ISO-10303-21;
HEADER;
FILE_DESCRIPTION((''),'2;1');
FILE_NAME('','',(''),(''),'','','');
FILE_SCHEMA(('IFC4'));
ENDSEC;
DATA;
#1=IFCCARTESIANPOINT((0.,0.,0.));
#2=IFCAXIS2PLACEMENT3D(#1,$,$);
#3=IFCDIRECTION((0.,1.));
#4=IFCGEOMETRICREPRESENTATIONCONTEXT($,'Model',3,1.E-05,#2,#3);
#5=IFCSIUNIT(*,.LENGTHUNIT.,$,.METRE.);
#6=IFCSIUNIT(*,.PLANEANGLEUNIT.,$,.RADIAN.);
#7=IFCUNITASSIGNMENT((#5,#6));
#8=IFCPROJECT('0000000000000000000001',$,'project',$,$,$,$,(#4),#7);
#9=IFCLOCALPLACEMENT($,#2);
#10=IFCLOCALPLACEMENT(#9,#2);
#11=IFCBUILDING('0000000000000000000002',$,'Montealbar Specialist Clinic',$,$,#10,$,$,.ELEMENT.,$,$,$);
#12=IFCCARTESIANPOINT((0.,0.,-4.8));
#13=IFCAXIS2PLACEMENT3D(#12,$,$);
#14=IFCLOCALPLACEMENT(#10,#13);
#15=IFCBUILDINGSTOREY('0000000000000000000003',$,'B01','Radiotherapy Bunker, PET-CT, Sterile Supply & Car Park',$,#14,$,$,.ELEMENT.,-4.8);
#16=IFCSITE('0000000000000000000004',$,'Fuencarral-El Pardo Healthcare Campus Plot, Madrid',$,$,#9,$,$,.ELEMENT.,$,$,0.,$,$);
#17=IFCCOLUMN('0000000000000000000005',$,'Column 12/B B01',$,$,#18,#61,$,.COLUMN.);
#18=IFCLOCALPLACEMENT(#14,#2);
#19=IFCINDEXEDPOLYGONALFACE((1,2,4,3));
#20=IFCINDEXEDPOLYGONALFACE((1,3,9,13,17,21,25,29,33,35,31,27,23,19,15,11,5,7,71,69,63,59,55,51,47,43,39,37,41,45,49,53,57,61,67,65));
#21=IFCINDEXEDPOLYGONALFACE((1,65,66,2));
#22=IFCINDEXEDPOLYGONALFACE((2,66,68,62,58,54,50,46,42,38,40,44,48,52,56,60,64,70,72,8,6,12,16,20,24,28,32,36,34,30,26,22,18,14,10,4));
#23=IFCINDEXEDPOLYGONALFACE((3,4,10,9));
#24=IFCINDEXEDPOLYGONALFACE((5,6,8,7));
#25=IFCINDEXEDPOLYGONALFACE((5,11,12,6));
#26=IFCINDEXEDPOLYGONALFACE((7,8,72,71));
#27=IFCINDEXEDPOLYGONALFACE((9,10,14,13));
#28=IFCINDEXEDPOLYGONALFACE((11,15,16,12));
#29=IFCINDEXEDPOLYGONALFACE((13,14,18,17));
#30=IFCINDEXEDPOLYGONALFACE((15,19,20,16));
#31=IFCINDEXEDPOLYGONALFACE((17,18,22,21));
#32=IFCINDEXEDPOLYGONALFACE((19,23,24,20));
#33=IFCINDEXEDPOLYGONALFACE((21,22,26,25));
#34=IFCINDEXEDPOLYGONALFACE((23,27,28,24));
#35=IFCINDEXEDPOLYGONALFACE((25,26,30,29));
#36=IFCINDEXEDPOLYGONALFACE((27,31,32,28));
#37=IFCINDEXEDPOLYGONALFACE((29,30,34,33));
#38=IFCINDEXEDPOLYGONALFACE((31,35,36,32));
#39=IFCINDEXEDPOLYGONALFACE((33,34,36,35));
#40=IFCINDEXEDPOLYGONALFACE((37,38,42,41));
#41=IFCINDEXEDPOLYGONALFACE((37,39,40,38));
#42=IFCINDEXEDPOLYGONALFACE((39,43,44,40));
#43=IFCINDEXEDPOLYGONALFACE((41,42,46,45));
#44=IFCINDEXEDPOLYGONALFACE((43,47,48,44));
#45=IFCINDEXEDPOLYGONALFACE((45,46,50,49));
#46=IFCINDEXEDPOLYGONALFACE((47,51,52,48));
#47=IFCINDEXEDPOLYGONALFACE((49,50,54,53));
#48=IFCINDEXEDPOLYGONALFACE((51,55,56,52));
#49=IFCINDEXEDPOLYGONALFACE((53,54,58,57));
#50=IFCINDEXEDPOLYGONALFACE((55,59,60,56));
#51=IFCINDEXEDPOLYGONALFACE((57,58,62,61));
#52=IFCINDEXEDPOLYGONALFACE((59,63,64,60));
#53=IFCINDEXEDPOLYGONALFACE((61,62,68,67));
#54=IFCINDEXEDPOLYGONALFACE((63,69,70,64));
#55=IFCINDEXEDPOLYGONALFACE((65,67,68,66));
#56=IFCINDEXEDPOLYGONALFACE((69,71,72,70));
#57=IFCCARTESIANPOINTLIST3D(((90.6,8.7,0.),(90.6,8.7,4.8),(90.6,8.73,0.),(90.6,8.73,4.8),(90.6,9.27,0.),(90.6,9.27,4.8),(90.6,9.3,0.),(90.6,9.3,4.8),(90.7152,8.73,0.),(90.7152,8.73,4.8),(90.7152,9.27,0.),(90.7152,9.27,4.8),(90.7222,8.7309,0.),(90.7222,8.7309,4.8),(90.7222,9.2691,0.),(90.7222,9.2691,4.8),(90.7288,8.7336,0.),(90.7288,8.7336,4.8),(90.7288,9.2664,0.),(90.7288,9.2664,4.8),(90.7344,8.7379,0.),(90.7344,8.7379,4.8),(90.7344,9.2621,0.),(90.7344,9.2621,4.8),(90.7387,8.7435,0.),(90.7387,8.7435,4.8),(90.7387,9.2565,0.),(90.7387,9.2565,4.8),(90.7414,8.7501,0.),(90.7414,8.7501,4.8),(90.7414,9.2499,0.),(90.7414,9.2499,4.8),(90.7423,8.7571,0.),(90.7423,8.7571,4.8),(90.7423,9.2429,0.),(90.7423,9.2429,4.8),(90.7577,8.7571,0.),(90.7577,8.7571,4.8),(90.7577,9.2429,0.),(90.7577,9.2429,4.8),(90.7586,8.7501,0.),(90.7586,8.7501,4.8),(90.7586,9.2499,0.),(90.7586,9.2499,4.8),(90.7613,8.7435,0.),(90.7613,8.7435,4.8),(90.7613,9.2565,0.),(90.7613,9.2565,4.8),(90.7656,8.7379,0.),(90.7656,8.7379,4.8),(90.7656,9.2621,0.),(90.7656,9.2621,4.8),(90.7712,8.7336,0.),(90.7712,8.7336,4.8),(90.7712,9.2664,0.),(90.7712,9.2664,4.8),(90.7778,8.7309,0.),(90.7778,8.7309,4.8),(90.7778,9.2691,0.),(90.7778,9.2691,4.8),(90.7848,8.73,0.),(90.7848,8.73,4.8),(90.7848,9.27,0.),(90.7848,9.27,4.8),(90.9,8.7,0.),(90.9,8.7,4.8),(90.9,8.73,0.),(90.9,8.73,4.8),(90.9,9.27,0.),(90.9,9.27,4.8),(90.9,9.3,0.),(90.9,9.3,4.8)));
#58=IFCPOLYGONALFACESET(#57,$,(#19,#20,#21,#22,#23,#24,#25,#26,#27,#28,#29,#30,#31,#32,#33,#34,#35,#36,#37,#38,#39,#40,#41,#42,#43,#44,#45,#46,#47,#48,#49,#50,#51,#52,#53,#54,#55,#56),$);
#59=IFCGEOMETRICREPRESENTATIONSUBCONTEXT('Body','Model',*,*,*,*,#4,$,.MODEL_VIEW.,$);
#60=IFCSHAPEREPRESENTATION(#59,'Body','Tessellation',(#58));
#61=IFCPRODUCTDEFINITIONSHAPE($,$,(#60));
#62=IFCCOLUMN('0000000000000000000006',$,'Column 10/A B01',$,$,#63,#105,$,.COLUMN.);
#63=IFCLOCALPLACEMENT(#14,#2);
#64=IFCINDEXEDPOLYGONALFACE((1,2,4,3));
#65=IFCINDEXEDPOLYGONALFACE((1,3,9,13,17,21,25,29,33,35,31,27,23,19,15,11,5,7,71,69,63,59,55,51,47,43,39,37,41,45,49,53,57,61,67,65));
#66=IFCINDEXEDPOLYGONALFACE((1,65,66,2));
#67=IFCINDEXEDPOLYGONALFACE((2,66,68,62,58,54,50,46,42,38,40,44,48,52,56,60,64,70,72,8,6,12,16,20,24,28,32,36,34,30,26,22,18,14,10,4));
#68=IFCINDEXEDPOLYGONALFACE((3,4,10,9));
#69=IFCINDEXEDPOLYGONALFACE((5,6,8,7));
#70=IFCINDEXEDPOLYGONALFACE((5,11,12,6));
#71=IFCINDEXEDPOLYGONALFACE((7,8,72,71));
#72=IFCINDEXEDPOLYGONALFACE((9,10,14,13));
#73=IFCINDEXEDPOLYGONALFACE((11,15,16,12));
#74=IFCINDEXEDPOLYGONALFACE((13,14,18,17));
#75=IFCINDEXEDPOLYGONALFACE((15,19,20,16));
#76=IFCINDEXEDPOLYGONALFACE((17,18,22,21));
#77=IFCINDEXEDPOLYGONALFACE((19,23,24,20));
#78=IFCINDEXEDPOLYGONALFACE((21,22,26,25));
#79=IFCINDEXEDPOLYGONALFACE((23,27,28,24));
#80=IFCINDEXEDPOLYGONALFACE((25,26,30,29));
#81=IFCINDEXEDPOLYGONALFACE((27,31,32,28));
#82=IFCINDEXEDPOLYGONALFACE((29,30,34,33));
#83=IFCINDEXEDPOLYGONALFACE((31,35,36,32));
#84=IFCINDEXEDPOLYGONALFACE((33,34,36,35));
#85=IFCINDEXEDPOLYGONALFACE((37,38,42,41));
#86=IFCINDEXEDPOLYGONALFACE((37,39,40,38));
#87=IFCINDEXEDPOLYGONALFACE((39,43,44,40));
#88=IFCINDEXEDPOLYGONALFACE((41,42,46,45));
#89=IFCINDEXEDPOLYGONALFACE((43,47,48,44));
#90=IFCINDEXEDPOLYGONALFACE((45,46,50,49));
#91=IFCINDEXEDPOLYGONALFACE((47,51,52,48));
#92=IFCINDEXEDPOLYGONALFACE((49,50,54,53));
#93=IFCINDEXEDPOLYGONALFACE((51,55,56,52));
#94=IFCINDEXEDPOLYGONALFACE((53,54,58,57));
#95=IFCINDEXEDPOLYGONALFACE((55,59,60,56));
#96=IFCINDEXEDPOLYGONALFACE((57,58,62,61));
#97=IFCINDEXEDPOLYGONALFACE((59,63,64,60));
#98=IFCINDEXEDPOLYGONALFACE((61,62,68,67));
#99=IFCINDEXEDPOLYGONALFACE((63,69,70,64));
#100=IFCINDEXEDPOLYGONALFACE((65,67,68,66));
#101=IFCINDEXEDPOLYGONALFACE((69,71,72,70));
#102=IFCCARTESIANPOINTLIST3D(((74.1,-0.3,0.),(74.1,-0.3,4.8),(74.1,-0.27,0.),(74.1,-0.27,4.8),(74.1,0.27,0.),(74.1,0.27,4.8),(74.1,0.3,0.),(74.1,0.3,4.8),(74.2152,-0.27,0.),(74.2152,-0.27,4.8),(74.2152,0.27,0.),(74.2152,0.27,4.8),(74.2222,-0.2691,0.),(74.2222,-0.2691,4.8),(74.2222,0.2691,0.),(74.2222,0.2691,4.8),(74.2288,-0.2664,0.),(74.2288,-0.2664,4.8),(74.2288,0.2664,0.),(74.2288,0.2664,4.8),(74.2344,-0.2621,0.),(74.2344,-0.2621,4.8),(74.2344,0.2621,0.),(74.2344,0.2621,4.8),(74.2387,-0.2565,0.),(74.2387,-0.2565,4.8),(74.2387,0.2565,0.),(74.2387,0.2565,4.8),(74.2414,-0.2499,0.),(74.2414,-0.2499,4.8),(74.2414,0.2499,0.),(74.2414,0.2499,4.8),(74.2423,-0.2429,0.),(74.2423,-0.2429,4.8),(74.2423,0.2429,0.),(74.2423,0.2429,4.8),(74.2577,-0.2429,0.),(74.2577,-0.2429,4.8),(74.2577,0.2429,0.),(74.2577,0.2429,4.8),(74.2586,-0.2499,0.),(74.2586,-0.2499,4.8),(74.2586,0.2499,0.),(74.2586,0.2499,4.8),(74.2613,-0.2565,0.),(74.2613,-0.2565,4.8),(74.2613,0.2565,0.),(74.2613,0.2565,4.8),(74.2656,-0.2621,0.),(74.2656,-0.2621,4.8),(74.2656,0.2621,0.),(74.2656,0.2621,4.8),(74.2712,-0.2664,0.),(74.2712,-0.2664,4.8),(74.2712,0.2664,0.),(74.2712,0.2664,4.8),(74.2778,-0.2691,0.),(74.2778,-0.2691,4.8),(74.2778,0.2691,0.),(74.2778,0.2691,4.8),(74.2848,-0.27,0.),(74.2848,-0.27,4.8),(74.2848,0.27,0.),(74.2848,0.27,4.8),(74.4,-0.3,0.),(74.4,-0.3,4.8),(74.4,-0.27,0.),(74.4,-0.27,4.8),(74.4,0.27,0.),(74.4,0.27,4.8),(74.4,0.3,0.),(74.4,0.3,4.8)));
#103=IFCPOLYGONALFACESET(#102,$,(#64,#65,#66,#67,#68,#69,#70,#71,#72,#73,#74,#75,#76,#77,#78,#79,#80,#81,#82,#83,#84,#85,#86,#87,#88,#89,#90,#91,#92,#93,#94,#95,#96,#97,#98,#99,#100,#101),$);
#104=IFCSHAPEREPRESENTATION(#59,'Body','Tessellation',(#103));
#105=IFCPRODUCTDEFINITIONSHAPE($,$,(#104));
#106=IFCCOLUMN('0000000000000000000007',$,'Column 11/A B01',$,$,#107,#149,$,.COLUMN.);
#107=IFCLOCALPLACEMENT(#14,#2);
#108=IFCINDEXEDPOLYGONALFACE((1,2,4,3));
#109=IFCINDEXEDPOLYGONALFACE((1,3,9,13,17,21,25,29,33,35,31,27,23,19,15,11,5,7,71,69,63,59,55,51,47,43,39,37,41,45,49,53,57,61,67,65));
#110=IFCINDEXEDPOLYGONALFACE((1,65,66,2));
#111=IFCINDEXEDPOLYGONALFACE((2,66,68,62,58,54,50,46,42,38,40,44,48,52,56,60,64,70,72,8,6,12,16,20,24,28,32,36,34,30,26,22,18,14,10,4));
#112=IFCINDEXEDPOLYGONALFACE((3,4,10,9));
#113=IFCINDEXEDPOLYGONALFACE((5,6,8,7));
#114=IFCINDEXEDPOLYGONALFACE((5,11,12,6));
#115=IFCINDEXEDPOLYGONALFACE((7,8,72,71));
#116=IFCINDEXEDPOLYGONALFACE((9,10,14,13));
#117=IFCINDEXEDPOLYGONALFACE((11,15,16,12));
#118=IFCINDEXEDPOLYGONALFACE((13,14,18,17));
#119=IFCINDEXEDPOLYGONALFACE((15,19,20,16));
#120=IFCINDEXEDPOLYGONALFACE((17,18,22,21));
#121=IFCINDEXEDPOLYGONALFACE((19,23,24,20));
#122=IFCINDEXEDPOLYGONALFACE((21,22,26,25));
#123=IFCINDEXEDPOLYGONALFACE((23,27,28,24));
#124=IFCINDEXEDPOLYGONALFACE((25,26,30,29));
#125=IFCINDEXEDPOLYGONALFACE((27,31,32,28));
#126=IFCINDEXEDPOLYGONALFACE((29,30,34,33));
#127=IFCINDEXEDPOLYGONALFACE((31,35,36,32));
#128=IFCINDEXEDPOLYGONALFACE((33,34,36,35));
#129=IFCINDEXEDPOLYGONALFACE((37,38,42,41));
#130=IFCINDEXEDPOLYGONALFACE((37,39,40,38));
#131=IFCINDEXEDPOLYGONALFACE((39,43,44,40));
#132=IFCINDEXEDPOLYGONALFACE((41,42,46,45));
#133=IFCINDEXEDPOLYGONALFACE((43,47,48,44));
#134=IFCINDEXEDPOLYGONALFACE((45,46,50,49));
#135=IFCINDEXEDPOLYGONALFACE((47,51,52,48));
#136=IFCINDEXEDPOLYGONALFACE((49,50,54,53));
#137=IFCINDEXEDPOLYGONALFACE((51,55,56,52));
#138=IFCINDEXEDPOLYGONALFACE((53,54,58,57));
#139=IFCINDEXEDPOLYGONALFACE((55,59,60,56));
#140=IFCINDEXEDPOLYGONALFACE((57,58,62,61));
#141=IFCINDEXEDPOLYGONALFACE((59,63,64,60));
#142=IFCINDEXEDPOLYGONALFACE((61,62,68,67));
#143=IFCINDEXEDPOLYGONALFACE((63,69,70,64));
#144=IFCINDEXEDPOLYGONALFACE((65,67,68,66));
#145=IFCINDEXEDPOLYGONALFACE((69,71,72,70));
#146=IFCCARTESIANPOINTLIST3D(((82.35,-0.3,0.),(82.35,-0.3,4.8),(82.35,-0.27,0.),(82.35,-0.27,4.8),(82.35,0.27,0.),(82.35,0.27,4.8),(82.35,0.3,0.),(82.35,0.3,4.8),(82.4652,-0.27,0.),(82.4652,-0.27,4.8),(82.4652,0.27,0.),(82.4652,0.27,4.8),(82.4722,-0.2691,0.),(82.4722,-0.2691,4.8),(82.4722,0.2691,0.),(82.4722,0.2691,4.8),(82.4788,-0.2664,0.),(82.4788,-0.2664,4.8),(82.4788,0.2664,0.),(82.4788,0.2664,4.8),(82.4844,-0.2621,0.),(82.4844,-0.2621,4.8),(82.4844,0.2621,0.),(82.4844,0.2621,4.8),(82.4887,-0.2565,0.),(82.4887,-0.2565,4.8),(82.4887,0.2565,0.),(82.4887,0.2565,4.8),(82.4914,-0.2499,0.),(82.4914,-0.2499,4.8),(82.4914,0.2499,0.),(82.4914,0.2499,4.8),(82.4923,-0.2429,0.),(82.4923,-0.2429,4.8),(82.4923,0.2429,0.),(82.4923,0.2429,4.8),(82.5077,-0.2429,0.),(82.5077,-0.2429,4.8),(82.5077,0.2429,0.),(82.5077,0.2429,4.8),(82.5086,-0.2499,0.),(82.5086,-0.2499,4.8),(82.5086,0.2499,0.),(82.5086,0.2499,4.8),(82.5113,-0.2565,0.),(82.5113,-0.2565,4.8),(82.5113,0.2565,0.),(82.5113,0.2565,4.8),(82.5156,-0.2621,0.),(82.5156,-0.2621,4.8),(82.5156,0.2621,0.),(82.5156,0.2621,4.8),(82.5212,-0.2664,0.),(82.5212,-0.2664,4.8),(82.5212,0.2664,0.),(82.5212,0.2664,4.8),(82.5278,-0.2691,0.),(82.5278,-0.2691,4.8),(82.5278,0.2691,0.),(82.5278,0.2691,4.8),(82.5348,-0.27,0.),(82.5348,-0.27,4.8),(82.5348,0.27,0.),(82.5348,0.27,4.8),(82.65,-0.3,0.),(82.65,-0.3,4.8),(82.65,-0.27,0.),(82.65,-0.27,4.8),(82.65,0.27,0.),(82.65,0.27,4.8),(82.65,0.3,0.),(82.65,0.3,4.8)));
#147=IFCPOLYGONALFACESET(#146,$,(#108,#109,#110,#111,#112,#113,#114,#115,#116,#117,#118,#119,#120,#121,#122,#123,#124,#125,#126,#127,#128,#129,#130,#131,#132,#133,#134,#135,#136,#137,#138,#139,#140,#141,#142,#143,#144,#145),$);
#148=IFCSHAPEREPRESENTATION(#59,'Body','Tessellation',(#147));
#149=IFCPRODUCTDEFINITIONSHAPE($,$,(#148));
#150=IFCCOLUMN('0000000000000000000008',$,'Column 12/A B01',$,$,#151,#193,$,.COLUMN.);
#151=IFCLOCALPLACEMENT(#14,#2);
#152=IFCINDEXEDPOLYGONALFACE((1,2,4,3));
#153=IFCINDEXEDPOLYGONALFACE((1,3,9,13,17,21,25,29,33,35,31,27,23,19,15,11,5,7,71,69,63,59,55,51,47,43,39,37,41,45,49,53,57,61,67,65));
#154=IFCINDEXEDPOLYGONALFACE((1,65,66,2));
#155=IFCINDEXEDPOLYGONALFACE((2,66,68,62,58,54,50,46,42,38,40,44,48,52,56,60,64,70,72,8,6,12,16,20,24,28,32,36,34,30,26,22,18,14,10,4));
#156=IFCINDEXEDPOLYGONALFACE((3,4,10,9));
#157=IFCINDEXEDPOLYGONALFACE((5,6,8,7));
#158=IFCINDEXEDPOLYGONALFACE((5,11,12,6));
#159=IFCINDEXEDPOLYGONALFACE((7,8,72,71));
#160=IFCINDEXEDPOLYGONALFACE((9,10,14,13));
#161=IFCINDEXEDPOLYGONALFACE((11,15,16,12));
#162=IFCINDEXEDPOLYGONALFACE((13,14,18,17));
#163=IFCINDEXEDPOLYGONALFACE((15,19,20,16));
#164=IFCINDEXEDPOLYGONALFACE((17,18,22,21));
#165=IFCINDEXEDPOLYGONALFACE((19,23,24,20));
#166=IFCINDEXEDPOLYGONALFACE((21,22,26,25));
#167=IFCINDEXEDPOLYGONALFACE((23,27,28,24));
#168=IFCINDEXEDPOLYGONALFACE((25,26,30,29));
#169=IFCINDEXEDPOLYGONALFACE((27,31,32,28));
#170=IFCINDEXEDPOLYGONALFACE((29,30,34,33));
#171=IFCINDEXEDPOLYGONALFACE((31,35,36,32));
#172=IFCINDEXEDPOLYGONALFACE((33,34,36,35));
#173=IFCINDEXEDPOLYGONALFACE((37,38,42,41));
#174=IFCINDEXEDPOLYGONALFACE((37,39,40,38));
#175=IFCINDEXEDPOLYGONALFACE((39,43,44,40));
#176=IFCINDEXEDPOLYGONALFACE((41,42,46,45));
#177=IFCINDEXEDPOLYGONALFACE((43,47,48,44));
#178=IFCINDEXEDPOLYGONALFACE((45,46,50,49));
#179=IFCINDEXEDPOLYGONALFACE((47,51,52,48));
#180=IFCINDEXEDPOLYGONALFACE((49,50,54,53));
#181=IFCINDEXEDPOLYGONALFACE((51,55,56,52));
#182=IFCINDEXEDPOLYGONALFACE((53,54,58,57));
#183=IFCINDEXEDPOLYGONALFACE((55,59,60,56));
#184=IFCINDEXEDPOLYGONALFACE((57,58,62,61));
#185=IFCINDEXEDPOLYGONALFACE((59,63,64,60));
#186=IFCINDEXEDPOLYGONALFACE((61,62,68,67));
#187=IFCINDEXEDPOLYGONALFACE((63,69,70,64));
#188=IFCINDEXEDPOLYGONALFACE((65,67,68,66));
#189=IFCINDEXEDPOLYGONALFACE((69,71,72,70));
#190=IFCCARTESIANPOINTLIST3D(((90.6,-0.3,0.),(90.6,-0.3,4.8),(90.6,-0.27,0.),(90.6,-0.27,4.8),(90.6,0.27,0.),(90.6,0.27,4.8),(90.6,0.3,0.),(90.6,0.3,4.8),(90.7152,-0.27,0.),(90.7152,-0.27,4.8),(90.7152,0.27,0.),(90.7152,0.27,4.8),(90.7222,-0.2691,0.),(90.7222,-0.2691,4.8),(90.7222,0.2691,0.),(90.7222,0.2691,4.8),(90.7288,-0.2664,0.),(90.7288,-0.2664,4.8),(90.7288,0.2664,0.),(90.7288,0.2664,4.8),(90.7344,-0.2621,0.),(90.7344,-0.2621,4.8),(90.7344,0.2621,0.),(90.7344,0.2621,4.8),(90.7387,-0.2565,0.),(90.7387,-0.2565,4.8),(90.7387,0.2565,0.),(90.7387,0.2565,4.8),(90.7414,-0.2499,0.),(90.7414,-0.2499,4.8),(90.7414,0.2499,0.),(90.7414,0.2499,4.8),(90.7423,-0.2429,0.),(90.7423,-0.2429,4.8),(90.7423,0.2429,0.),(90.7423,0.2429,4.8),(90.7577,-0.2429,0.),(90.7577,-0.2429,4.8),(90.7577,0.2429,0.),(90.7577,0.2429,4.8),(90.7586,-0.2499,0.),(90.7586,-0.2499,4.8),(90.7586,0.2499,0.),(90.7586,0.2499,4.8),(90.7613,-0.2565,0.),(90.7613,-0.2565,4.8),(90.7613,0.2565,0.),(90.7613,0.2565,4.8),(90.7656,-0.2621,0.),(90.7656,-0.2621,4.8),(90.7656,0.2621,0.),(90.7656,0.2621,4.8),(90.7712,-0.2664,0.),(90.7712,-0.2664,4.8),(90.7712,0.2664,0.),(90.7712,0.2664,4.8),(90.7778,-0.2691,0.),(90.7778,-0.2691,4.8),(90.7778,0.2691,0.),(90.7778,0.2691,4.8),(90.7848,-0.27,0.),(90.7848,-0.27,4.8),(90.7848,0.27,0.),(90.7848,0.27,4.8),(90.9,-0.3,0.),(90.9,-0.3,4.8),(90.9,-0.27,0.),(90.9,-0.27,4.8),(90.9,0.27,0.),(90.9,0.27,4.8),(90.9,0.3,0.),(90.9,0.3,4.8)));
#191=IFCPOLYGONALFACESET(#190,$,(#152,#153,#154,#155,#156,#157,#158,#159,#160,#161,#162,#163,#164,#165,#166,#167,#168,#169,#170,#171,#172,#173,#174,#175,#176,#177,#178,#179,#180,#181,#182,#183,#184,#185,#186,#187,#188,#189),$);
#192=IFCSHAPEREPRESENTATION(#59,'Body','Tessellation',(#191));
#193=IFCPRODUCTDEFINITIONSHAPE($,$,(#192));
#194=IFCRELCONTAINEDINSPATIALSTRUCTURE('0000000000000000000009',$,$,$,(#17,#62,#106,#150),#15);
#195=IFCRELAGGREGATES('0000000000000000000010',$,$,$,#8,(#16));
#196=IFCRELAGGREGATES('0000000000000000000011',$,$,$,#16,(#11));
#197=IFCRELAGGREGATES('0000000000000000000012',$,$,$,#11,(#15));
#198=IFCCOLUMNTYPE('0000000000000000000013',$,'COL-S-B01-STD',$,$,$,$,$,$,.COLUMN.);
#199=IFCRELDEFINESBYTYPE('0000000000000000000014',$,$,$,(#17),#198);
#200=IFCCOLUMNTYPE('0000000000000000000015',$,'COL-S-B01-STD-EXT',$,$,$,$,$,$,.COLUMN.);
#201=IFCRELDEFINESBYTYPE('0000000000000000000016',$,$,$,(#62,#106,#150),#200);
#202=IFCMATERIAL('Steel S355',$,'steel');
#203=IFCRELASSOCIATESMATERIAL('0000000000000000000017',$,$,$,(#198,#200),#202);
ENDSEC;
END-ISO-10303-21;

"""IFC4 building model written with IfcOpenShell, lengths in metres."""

from ifc_helpers import new_model, si_unit, direction, frame, origin, origin_2d, place, context, subcontext, project, spatial, i_section, extrude, material, material_profile, profile_set, type_object, element, save


model = new_model("IFC4")

# Units and contexts
model_context = context("Model", 3, precision=1e-05, world=origin(), true_north=direction((0.0, 1.0)))
body_context = subcontext(model_context, "Body", "Model", "MODEL_VIEW")
ifc_project = project(units=[si_unit("LENGTHUNIT", "METRE"), si_unit("PLANEANGLEUNIT", "RADIAN")], contexts=[model_context])

# Site, building, storey
site_placement = place(None, origin())
site = spatial("IfcSite", under=ifc_project, at=site_placement, Name="Fuencarral-El Pardo Healthcare Campus Plot, Madrid", CompositionType="ELEMENT", RefElevation=0.0)
building_placement = place(site_placement, origin())
building = spatial("IfcBuilding", under=site, at=building_placement, Name="Montealbar Specialist Clinic", CompositionType="ELEMENT")
storey_placement = place(building_placement, frame((0.0, 0.0, -4.8)))
storey = spatial("IfcBuildingStorey", under=building, at=storey_placement, Name="B01", Description="Radiotherapy Bunker, PET-CT, Sterile Supply & Car Park", CompositionType="ELEMENT", Elevation=-4.8)

# Columns
ifc_material_1 = material(Name="Steel S355", Category="steel")
ifc_material_profile_1 = material_profile(ifc_material_1, i_section(OverallWidth=0.3, OverallDepth=0.6001, WebThickness=0.0154, FlangeThickness=0.03, FilletRadius=0.0271, at=origin_2d()), Name="HEB 600", Category="steel")
ifc_profile_set_1 = profile_set([ifc_material_profile_1], Name="Steel S355")
column_type_1 = type_object("IfcColumnType", Name="COL-S-B01-STD", PredefinedType="COLUMN", material=ifc_profile_set_1)
for number, where, z_axis, x_axis, name in (
    (1, (90.75, 9.0, 0.0), (0.0, 0.0, 1.0), (1.0, 0.0, 0.0), "Column 12/B B01"),
):
    element("IfcColumn", number, at=place(storey_placement, frame(where, z_axis=z_axis, x_axis=x_axis)), inside=storey, type_object=column_type_1, Name=name, PredefinedType="COLUMN", context=body_context, shape_type="SweptSolid", body=[
        extrude(i_section(OverallWidth=0.3, OverallDepth=0.6001, WebThickness=0.0154, FlangeThickness=0.03, FilletRadius=0.0271, at=origin_2d()), origin(), (0.0, 0.0, 1.0), 4.8),
    ])
ifc_material_profile_2 = material_profile(ifc_material_1, i_section(OverallWidth=0.3, OverallDepth=0.6001, WebThickness=0.0154, FlangeThickness=0.03, FilletRadius=0.0271, at=origin_2d()), Name="HEB 600", Category="steel")
ifc_profile_set_2 = profile_set([ifc_material_profile_2], Name="Steel S355")
column_type_2 = type_object("IfcColumnType", Name="COL-S-B01-STD-EXT", PredefinedType="COLUMN", material=ifc_profile_set_2)
for number, where, z_axis, x_axis, name in (
    (2, (74.25, 0.0, 0.0), (0.0, 0.0, 1.0), (1.0, 0.0, 0.0), "Column 10/A B01"),
    (3, (82.5, 0.0, 0.0), (0.0, 0.0, 1.0), (1.0, 0.0, 0.0), "Column 11/A B01"),
    (4, (90.75, 0.0, 0.0), (0.0, 0.0, 1.0), (1.0, 0.0, 0.0), "Column 12/A B01"),
):
    element("IfcColumn", number, at=place(storey_placement, frame(where, z_axis=z_axis, x_axis=x_axis)), inside=storey, type_object=column_type_2, Name=name, PredefinedType="COLUMN", context=body_context, shape_type="SweptSolid", body=[
        extrude(i_section(OverallWidth=0.3, OverallDepth=0.6001, WebThickness=0.0154, FlangeThickness=0.03, FilletRadius=0.0271, at=origin_2d()), origin(), (0.0, 0.0, 1.0), 4.8),
    ])

save(model, "model.ifc")
